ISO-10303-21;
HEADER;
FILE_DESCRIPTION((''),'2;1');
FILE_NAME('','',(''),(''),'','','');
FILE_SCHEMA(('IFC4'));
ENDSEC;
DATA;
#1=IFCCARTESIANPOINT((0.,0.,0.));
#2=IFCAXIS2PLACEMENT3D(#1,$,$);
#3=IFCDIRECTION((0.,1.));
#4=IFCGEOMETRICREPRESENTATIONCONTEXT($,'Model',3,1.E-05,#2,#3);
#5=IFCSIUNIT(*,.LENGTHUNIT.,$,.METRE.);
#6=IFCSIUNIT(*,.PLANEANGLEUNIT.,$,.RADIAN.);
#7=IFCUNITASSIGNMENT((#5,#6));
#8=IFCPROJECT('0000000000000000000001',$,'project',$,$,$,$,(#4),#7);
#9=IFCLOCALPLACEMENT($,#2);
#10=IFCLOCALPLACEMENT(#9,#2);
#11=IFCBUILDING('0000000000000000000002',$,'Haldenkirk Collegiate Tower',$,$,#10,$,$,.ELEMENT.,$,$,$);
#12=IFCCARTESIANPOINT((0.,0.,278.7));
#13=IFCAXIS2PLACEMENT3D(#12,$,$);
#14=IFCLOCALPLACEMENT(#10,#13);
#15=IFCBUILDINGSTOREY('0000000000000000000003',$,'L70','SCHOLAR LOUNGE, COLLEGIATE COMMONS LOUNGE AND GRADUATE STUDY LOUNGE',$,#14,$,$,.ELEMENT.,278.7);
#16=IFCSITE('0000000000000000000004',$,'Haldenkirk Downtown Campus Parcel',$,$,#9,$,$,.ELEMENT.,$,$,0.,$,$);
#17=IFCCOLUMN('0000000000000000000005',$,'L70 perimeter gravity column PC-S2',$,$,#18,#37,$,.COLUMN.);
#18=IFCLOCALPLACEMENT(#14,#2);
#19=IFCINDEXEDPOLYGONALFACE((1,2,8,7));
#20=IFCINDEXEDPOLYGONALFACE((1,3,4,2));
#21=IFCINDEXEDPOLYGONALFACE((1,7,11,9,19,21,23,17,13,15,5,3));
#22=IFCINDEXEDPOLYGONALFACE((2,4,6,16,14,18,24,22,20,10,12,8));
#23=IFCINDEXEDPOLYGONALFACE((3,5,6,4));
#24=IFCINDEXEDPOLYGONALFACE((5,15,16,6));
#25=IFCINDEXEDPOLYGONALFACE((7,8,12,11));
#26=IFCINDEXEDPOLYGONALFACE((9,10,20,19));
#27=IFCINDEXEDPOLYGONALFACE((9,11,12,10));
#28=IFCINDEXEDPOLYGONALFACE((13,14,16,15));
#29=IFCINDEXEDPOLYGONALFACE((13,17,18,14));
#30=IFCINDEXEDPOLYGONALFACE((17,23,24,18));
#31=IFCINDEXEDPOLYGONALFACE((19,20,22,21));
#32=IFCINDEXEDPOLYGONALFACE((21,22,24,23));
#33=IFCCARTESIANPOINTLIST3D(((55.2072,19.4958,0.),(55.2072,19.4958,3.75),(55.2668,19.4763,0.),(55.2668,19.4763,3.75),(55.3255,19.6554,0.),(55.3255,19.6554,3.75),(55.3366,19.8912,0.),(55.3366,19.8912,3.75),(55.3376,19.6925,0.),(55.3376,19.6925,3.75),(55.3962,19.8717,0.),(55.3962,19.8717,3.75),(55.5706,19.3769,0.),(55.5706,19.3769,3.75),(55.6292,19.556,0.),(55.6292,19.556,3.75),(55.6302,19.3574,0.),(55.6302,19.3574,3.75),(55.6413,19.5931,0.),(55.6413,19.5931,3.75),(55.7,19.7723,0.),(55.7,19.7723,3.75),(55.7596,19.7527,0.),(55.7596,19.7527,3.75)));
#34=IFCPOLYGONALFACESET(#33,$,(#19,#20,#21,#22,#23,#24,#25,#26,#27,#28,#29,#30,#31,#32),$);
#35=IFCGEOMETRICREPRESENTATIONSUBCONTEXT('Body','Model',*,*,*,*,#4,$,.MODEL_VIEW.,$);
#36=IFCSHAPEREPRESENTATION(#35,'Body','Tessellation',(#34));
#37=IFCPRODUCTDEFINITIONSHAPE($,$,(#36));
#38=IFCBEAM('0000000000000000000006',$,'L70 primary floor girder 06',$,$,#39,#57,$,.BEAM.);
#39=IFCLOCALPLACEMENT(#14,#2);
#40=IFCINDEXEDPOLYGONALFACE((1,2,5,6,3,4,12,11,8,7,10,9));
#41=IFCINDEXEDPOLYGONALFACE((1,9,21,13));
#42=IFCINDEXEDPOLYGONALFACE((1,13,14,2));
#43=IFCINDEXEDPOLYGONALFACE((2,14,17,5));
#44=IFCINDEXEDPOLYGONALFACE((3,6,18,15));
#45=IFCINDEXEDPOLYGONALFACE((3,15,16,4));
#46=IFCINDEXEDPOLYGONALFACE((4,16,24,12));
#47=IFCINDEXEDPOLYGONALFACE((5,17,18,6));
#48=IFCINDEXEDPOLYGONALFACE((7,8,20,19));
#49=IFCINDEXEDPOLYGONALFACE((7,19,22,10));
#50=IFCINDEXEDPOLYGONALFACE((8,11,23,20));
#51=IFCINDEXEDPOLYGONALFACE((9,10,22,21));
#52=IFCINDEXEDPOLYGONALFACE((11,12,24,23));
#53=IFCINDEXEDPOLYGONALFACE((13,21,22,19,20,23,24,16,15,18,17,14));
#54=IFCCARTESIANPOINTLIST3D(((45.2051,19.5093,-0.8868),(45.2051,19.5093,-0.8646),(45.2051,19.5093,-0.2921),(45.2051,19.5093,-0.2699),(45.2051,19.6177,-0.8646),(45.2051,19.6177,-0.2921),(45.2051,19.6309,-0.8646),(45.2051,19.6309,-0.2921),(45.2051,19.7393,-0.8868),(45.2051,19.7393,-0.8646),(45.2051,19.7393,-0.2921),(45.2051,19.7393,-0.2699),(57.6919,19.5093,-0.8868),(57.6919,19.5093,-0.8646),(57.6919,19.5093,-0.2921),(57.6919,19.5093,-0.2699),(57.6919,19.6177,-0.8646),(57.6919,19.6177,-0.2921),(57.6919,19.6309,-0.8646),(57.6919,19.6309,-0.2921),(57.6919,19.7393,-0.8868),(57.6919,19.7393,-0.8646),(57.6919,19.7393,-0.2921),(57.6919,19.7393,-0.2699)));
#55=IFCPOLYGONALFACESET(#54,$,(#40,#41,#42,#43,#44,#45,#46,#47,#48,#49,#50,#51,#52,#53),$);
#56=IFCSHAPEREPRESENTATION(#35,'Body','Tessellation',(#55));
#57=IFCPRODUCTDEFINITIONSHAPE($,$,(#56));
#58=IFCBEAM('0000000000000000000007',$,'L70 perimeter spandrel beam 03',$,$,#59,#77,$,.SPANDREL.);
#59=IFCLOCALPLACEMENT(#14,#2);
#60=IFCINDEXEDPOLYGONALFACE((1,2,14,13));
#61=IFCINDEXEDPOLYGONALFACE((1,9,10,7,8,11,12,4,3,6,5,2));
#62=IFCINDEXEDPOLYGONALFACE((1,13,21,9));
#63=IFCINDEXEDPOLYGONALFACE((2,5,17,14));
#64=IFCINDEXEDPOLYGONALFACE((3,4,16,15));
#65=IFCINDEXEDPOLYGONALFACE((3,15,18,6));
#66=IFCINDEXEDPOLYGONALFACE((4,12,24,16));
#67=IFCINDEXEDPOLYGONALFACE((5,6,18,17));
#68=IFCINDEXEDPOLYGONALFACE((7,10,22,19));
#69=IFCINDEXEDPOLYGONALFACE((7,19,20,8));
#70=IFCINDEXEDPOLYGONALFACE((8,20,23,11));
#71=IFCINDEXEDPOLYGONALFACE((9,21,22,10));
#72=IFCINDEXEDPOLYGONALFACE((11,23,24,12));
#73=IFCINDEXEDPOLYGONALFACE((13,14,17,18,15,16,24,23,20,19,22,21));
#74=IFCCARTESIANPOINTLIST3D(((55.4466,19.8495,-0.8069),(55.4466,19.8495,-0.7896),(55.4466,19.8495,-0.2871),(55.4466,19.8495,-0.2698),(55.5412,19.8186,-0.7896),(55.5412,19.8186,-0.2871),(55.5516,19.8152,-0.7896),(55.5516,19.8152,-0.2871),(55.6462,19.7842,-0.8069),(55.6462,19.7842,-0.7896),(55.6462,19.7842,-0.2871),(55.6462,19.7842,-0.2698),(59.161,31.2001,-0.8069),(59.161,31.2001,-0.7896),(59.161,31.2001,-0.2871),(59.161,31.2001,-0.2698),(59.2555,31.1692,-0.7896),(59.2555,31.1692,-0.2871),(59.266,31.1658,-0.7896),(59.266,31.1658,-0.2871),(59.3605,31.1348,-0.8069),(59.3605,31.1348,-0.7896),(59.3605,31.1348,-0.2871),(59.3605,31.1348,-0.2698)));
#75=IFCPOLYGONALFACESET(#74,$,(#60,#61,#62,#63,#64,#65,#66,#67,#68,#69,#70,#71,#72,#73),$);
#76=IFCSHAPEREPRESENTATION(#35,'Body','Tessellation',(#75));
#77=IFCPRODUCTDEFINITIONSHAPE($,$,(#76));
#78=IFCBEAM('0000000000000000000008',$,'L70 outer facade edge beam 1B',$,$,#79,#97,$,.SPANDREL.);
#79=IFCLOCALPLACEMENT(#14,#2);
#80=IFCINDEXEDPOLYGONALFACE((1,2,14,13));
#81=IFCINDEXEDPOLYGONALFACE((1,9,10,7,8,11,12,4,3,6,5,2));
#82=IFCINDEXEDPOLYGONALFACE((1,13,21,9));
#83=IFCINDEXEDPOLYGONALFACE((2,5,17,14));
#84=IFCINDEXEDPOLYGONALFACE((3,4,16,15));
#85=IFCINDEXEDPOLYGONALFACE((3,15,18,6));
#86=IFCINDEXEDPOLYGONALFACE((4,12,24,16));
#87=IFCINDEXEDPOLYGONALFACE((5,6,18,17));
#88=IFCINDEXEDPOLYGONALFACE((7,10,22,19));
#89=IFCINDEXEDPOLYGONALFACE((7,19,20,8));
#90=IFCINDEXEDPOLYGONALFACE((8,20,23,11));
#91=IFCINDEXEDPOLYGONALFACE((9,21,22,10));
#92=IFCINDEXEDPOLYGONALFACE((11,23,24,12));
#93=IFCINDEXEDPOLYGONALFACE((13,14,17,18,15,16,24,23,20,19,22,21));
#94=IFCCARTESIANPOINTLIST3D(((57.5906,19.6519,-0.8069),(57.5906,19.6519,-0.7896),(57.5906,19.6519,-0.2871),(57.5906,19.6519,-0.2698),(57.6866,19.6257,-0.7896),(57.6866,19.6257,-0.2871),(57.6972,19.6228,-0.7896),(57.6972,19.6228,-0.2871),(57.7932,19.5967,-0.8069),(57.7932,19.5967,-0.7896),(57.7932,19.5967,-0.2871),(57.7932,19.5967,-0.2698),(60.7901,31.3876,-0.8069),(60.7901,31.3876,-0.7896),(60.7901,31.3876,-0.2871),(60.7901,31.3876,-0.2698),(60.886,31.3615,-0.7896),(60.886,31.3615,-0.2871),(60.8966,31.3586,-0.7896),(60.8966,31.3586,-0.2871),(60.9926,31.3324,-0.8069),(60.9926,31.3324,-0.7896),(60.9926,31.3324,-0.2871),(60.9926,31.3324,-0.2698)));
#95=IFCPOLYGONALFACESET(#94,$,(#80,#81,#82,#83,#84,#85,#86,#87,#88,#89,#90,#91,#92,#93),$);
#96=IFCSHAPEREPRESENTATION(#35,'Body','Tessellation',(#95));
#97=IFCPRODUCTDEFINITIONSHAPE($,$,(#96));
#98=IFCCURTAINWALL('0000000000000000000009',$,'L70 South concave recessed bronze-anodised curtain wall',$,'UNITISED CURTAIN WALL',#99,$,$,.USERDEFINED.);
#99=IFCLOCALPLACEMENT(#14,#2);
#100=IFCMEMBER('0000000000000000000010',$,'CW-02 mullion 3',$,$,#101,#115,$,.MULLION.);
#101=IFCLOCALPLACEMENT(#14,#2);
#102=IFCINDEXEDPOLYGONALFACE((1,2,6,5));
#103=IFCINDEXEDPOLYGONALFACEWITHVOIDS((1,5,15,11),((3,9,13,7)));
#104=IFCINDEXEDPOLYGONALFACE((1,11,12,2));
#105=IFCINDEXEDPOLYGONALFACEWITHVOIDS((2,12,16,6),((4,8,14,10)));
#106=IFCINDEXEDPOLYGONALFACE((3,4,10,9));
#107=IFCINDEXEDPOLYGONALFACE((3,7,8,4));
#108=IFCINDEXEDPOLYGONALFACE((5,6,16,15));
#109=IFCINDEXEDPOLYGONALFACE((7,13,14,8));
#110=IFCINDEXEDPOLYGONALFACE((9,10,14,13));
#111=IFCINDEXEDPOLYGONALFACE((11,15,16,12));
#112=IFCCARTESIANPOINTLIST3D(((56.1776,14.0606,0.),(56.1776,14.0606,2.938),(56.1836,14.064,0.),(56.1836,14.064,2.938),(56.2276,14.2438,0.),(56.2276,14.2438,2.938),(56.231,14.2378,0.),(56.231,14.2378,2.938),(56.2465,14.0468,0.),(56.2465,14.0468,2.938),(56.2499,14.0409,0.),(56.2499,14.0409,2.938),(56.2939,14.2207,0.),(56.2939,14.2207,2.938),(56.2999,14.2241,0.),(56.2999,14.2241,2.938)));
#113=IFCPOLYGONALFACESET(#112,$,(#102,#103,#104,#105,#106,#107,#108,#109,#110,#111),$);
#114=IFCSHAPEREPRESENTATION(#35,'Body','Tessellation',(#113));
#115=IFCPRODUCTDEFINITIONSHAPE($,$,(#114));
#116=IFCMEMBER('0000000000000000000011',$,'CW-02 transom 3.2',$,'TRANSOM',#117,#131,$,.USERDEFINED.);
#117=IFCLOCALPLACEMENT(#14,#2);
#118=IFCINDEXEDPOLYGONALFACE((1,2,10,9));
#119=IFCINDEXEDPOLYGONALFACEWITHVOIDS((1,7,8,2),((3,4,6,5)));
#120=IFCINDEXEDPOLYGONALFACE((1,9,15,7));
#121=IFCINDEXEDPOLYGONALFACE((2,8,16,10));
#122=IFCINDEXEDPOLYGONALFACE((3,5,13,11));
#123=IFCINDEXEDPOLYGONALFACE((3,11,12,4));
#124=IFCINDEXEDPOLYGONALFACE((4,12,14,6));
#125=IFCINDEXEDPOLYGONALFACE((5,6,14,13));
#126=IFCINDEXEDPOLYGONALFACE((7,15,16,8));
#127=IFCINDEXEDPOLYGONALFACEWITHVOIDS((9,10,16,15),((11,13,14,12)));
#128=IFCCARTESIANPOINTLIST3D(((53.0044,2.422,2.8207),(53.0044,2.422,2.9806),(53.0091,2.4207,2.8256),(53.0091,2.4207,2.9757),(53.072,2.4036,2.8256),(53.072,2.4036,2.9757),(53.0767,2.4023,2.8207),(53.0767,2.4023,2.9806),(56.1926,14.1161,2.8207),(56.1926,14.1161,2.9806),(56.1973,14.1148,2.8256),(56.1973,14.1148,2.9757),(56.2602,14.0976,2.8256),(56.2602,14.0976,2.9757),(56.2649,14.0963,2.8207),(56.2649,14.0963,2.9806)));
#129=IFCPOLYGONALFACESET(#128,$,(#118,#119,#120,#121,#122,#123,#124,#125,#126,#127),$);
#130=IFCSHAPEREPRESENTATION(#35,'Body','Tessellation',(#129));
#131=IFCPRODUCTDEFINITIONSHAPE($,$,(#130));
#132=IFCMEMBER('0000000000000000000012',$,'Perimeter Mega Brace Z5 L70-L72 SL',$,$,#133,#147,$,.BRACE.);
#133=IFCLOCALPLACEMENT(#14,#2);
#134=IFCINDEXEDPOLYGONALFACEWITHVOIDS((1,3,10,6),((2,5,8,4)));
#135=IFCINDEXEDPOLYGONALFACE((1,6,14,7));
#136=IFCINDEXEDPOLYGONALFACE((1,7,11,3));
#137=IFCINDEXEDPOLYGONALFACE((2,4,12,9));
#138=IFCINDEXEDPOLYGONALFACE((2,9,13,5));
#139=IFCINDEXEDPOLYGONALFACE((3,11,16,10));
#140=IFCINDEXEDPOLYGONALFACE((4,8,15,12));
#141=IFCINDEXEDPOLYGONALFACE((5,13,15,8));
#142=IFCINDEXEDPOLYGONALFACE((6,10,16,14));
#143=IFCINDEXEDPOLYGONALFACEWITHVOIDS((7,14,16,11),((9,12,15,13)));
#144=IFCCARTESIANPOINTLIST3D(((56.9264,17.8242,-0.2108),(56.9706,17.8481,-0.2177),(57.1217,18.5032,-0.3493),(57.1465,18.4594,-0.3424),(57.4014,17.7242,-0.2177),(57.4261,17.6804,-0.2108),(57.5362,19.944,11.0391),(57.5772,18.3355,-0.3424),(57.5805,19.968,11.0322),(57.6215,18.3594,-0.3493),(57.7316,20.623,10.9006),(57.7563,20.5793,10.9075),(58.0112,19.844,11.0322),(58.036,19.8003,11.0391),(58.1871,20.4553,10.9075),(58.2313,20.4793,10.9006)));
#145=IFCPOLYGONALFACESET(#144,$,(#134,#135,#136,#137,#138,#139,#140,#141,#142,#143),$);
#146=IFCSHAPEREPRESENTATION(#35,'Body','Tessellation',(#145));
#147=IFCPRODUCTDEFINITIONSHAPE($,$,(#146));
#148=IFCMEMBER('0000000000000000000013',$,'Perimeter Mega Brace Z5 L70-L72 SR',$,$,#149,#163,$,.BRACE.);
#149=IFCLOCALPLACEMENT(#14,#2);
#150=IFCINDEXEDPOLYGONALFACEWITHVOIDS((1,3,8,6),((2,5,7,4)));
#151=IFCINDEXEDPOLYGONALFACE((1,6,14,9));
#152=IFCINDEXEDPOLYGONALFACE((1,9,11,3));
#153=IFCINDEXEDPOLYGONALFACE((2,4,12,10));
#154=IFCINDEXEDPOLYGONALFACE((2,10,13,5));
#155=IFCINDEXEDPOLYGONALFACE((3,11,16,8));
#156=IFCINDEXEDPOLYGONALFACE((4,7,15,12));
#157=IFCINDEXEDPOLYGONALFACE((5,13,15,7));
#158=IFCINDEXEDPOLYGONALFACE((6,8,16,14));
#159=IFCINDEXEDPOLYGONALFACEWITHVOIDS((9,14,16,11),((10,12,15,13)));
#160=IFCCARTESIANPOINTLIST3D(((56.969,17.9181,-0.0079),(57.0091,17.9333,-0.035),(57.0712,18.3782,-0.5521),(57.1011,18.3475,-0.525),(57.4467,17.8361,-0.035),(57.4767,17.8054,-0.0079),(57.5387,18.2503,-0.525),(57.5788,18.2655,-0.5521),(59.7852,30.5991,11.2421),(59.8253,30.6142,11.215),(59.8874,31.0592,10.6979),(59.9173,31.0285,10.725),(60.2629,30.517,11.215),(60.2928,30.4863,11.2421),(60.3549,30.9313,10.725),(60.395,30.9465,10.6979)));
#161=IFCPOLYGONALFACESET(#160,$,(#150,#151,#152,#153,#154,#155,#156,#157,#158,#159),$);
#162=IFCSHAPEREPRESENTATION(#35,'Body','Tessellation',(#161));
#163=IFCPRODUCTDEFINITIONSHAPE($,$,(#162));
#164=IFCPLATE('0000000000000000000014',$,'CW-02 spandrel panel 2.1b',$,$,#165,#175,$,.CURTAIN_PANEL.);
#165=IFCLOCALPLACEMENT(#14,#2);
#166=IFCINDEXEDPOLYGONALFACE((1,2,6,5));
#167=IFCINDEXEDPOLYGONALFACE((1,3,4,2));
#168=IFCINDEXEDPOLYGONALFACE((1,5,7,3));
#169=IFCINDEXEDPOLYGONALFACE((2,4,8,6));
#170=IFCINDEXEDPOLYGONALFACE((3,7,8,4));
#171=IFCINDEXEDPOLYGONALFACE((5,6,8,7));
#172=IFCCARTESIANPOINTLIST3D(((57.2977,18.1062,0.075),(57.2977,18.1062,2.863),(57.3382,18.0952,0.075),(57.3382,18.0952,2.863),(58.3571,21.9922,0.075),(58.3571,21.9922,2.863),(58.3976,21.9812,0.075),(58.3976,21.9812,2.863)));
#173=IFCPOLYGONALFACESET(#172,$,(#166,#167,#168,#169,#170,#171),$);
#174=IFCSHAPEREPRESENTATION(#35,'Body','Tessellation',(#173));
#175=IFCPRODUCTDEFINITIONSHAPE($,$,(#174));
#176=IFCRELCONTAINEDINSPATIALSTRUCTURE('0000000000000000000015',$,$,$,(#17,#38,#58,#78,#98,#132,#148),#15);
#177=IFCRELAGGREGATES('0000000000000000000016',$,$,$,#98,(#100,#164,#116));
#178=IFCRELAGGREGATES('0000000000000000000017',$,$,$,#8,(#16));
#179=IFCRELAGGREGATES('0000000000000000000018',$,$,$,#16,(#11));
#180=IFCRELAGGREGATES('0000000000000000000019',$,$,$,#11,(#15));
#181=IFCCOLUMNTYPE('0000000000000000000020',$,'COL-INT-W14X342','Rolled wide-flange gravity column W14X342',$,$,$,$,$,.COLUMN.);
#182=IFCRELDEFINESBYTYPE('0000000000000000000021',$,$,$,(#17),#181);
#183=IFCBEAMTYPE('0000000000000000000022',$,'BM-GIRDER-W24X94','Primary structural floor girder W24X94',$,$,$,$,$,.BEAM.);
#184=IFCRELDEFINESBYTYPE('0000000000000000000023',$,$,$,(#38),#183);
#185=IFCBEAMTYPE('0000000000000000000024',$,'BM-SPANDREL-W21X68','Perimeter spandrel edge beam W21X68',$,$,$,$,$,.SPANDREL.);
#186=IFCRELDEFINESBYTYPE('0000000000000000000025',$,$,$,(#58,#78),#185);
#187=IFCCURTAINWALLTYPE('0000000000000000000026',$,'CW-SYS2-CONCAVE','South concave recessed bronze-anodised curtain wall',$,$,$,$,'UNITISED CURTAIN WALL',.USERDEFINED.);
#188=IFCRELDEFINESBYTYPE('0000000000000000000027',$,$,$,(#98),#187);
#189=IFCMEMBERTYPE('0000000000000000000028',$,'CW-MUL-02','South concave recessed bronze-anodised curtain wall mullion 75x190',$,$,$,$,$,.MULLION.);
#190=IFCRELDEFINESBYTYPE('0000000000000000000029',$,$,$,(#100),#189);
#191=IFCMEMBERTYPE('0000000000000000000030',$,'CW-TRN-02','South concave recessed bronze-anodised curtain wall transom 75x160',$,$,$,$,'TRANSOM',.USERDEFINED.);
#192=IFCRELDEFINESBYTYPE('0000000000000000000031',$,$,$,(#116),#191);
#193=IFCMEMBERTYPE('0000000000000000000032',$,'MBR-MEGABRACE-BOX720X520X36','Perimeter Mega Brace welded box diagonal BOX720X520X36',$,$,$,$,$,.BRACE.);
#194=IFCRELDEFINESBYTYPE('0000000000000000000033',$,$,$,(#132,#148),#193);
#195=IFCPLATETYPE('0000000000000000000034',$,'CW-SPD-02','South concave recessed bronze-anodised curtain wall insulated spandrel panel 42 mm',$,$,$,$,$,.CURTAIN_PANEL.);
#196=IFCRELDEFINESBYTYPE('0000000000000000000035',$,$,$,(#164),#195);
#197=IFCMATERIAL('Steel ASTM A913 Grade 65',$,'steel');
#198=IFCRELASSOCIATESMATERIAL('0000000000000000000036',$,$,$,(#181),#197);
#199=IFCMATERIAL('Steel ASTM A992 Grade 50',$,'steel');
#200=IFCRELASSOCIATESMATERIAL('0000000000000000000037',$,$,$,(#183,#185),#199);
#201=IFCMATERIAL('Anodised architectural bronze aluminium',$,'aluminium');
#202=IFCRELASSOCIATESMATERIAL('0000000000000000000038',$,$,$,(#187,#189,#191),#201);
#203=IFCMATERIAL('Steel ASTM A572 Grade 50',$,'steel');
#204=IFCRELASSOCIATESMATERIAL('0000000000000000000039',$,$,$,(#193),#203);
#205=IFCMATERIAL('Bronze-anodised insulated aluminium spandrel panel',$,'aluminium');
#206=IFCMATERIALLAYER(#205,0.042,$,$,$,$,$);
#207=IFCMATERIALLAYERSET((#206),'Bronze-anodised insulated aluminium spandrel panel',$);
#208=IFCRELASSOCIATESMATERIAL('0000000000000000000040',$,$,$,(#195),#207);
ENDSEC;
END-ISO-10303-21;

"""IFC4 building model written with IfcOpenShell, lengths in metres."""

from ifc_helpers import new_model, si_unit, direction, frame, origin, origin_2d, place, context, subcontext, project, spatial, rectangle, hollow_rectangle, i_section, extrude, source, transform, mapped, material, layer, layer_set, material_profile, profile_set, type_object, element, aggregate, save


model = new_model("IFC4")

# Units and contexts
model_context = context("Model", 3, precision=1e-05, world=origin(), true_north=direction((0.0, 1.0)))
body_context = subcontext(model_context, "Body", "Model", "MODEL_VIEW")
ifc_project = project(units=[si_unit("LENGTHUNIT", "METRE"), si_unit("PLANEANGLEUNIT", "RADIAN")], contexts=[model_context])

# Site, building, storey
site_placement = place(None, origin())
site = spatial("IfcSite", under=ifc_project, at=site_placement, Name="Haldenkirk Downtown Campus Parcel", CompositionType="ELEMENT", RefElevation=0.0)
building_placement = place(site_placement, origin())
building = spatial("IfcBuilding", under=site, at=building_placement, Name="Haldenkirk Collegiate Tower", CompositionType="ELEMENT")
storey_placement = place(building_placement, frame((0.0, 0.0, 278.7)))
storey = spatial("IfcBuildingStorey", under=building, at=storey_placement, Name="L70", Description="SCHOLAR LOUNGE, COLLEGIATE COMMONS LOUNGE AND GRADUATE STUDY LOUNGE", CompositionType="ELEMENT", Elevation=278.7)

# Column
ifc_material_1 = material(Name="Steel ASTM A913 Grade 65", Category="steel")
ifc_material_profile_1 = material_profile(ifc_material_1, i_section(OverallWidth=0.416, OverallDepth=0.4451, WebThickness=0.0391, FlangeThickness=0.0627, at=origin_2d()), Name="W14X342")
ifc_profile_set_1 = profile_set([ifc_material_profile_1], Name="Steel ASTM A913 Grade 65")
column_type = type_object("IfcColumnType", Name="COL-INT-W14X342", Description="Rolled wide-flange gravity column W14X342", PredefinedType="COLUMN", material=ifc_profile_set_1)
column_placement = place(storey_placement, frame((55.4834, 19.6243, 0.0), z_axis=(0.0, 0.0, 1.0), x_axis=(0.311008, 0.950407, 0.0)))
element("IfcColumn", 1, at=column_placement, inside=storey, type_object=column_type, Name="L70 perimeter gravity column PC-S2", PredefinedType="COLUMN", context=body_context, shape_type="SweptSolid", body=[
    extrude(i_section(OverallWidth=0.416, OverallDepth=0.4451, WebThickness=0.0391, FlangeThickness=0.0627, at=origin_2d()), origin(), (0.0, 0.0, 1.0), 3.75),
])

# Beams
ifc_material_2 = material(Name="Steel ASTM A992 Grade 50", Category="steel")
ifc_material_profile_2 = material_profile(ifc_material_2, i_section(OverallWidth=0.23, OverallDepth=0.6169, WebThickness=0.0132, FlangeThickness=0.0222, at=origin_2d()), Name="W24X94")
ifc_profile_set_2 = profile_set([ifc_material_profile_2], Name="Steel ASTM A992 Grade 50")
beam_type_1 = type_object("IfcBeamType", Name="BM-GIRDER-W24X94", Description="Primary structural floor girder W24X94", PredefinedType="BEAM", material=ifc_profile_set_2)
beam_1_placement = place(storey_placement, frame((57.6919, 19.6243, -0.5784), z_axis=(-1.0, 0.0, 0.0), x_axis=(0.0, -1.0, 0.0)))
element("IfcBeam", 2, at=beam_1_placement, inside=storey, type_object=beam_type_1, Name="L70 primary floor girder 06", PredefinedType="BEAM", context=body_context, shape_type="SweptSolid", body=[
    extrude(i_section(OverallWidth=0.23, OverallDepth=0.6169, WebThickness=0.0132, FlangeThickness=0.0222, at=origin_2d()), origin(), (0.0, 0.0, 1.0), 12.4868),
])
ifc_material_profile_3 = material_profile(ifc_material_2, i_section(OverallWidth=0.21, OverallDepth=0.5371, WebThickness=0.011, FlangeThickness=0.0173, at=origin_2d()), Name="W21X68")
ifc_profile_set_3 = profile_set([ifc_material_profile_3], Name="Steel ASTM A992 Grade 50")
beam_type_2 = type_object("IfcBeamType", Name="BM-SPANDREL-W21X68", Description="Perimeter spandrel edge beam W21X68", PredefinedType="SPANDREL", material=ifc_profile_set_3)
beam_2_placement = place(storey_placement, frame((55.5464, 19.8169, -0.5383), z_axis=(0.31101, 0.950407, 0.0), x_axis=(-0.950407, 0.31101, 0.0)))
element("IfcBeam", 3, at=beam_2_placement, inside=storey, type_object=beam_type_2, Name="L70 perimeter spandrel beam 03", PredefinedType="SPANDREL", context=body_context, shape_type="SweptSolid", body=[
    extrude(i_section(OverallWidth=0.21, OverallDepth=0.5371, WebThickness=0.011, FlangeThickness=0.0173, at=origin_2d()), origin(), (0.0, 0.0, 1.0), 11.9429),
])
beam_3_placement = place(storey_placement, frame((57.6919, 19.6243, -0.5383), z_axis=(0.263024, 0.964789, 0.0), x_axis=(-0.964789, 0.263024, 0.0)))
element("IfcBeam", 4, at=beam_3_placement, inside=storey, type_object=beam_type_2, Name="L70 outer facade edge beam 1B", PredefinedType="SPANDREL", context=body_context, shape_type="SweptSolid", body=[
    extrude(i_section(OverallWidth=0.21, OverallDepth=0.5371, WebThickness=0.011, FlangeThickness=0.0173, at=origin_2d()), origin(), (0.0, 0.0, 1.0), 12.1641),
])

# Curtain wall, members
ifc_material_3 = material(Name="Anodised architectural bronze aluminium", Category="aluminium")
curtain_wall_type = type_object("IfcCurtainWallType", Name="CW-SYS2-CONCAVE", Description="South concave recessed bronze-anodised curtain wall", ElementType="UNITISED CURTAIN WALL", PredefinedType="USERDEFINED", material=ifc_material_3)
curtain_wall_placement = place(storey_placement, origin())
curtain_wall = element("IfcCurtainWall", 5, at=curtain_wall_placement, inside=storey, type_object=curtain_wall_type, Name="L70 South concave recessed bronze-anodised curtain wall", ObjectType="UNITISED CURTAIN WALL", PredefinedType="USERDEFINED")
ifc_material_profile_4 = material_profile(ifc_material_3, hollow_rectangle(XDim=0.075, YDim=0.1899, WallThickness=0.0049, at=origin_2d()), Name="CW-MUL-02")
ifc_profile_set_4 = profile_set([ifc_material_profile_4], Name="Anodised architectural bronze aluminium")
member_type_1 = type_object("IfcMemberType", Name="CW-MUL-02", Description="South concave recessed bronze-anodised curtain wall mullion 75x190", PredefinedType="MULLION", material=ifc_profile_set_4)
member_1_placement = place(storey_placement, frame((56.2388, 14.1423, 0.0), z_axis=(0.0, 0.0, 1.0), x_axis=(0.964787, -0.263033, 0.0)))
member_1 = element("IfcMember", 6, at=member_1_placement, type_object=member_type_1, Name="CW-02 mullion 3", PredefinedType="MULLION", context=body_context, shape_type="SweptSolid", body=[
    extrude(hollow_rectangle(XDim=0.075, YDim=0.1899, WallThickness=0.0049, at=origin_2d()), origin(), (0.0, 0.0, 1.0), 2.938),
])
ifc_material_profile_5 = material_profile(ifc_material_3, hollow_rectangle(XDim=0.075, YDim=0.1599, WallThickness=0.0049, at=origin_2d()), Name="CW-TRN-02")
ifc_profile_set_5 = profile_set([ifc_material_profile_5], Name="Anodised architectural bronze aluminium")
member_type_2 = type_object("IfcMemberType", Name="CW-TRN-02", Description="South concave recessed bronze-anodised curtain wall transom 75x160", ElementType="TRANSOM", PredefinedType="USERDEFINED", material=ifc_profile_set_5)
member_2_placement = place(storey_placement, frame((56.2288, 14.1062, 2.9006), z_axis=(-0.263036, -0.964786, 0.0), x_axis=(0.964786, -0.263036, 0.0)))
member_2 = element("IfcMember", 7, at=member_2_placement, type_object=member_type_2, Name="CW-02 transom 3.2", ObjectType="TRANSOM", PredefinedType="USERDEFINED", context=body_context, shape_type="SweptSolid", body=[
    extrude(hollow_rectangle(XDim=0.075, YDim=0.1599, WallThickness=0.0049, at=origin_2d()), origin(), (0.0, 0.0, 1.0), 12.1208),
])

# Members
ifc_material_4 = material(Name="Steel ASTM A572 Grade 50", Category="steel")
ifc_material_profile_6 = material_profile(ifc_material_4, hollow_rectangle(XDim=0.52, YDim=0.72, WallThickness=0.0359, at=origin_2d()), Name="BOX720X520X36")
ifc_profile_set_6 = profile_set([ifc_material_profile_6], Name="Steel ASTM A572 Grade 50")
member_type_3 = type_object("IfcMemberType", Name="MBR-MEGABRACE-BOX720X520X36", Description="Perimeter Mega Brace welded box diagonal BOX720X520X36", PredefinedType="BRACE", material=ifc_profile_set_6)
member_3_placement = place(storey_placement, frame((57.2739, 18.0918, -0.28), z_axis=(0.053197, 0.184912, 0.981314), x_axis=(-0.961021, 0.276475, 0.0)))
element("IfcMember", 8, at=member_3_placement, inside=storey, type_object=member_type_3, Name="Perimeter Mega Brace Z5 L70-L72 SL", PredefinedType="BRACE", context=body_context, shape_type="SweptSolid", body=[
    extrude(hollow_rectangle(XDim=0.52, YDim=0.72, WallThickness=0.0359, at=origin_2d()), origin(), (0.0, 0.0, 1.0), 11.4641),
])
member_4_placement = place(storey_placement, frame((57.2739, 18.0918, -0.28), z_axis=(0.16388, 0.737938, 0.654669), x_axis=(-0.976217, 0.216797, 0.0)))
element("IfcMember", 9, at=member_4_placement, inside=storey, type_object=member_type_3, Name="Perimeter Mega Brace Z5 L70-L72 SR", PredefinedType="BRACE", context=body_context, shape_type="SweptSolid", body=[
    extrude(hollow_rectangle(XDim=0.52, YDim=0.72, WallThickness=0.0359, at=origin_2d()), origin(), (0.0, 0.0, 1.0), 17.1843),
])

# Plate
ifc_material_5 = material(Name="Bronze-anodised insulated aluminium spandrel panel", Category="aluminium")
ifc_layer_1 = layer(ifc_material_5, 0.042)
ifc_layer_set_1 = layer_set([ifc_layer_1], Name="Bronze-anodised insulated aluminium spandrel panel")
plate_type = type_object("IfcPlateType", Name="CW-SPD-02", Description="South concave recessed bronze-anodised curtain wall insulated spandrel panel 42 mm", PredefinedType="CURTAIN_PANEL", material=ifc_layer_set_1)
shared_shape_1 = source(origin(), body_context, "Body", "SweptSolid", [
    extrude(rectangle(XDim=4.0278, YDim=0.042, at=origin_2d()), origin(), (0.0, 0.0, 1.0), 2.7881),
])
plate_1_placement = place(storey_placement, frame((57.8477, 20.0437, 0.075), z_axis=(0.0, 0.0, 1.0), x_axis=(-0.263033, -0.964787, 0.0)))
plate_1 = element("IfcPlate", 10, at=plate_1_placement, type_object=plate_type, Name="CW-02 spandrel panel 2.1b", PredefinedType="CURTAIN_PANEL", context=body_context, shape_type="MappedRepresentation", body=[
    mapped(shared_shape_1, transform((0.0, 0.0, 0.0), x_axis=(1.0, 0.0, 0.0), y_axis=(0.0, 1.0, 0.0), z_axis=(0.0, 0.0, 1.0), scale=1.0)),
])
aggregate(curtain_wall, [member_1, plate_1, member_2])

save(model, "model.ifc")
